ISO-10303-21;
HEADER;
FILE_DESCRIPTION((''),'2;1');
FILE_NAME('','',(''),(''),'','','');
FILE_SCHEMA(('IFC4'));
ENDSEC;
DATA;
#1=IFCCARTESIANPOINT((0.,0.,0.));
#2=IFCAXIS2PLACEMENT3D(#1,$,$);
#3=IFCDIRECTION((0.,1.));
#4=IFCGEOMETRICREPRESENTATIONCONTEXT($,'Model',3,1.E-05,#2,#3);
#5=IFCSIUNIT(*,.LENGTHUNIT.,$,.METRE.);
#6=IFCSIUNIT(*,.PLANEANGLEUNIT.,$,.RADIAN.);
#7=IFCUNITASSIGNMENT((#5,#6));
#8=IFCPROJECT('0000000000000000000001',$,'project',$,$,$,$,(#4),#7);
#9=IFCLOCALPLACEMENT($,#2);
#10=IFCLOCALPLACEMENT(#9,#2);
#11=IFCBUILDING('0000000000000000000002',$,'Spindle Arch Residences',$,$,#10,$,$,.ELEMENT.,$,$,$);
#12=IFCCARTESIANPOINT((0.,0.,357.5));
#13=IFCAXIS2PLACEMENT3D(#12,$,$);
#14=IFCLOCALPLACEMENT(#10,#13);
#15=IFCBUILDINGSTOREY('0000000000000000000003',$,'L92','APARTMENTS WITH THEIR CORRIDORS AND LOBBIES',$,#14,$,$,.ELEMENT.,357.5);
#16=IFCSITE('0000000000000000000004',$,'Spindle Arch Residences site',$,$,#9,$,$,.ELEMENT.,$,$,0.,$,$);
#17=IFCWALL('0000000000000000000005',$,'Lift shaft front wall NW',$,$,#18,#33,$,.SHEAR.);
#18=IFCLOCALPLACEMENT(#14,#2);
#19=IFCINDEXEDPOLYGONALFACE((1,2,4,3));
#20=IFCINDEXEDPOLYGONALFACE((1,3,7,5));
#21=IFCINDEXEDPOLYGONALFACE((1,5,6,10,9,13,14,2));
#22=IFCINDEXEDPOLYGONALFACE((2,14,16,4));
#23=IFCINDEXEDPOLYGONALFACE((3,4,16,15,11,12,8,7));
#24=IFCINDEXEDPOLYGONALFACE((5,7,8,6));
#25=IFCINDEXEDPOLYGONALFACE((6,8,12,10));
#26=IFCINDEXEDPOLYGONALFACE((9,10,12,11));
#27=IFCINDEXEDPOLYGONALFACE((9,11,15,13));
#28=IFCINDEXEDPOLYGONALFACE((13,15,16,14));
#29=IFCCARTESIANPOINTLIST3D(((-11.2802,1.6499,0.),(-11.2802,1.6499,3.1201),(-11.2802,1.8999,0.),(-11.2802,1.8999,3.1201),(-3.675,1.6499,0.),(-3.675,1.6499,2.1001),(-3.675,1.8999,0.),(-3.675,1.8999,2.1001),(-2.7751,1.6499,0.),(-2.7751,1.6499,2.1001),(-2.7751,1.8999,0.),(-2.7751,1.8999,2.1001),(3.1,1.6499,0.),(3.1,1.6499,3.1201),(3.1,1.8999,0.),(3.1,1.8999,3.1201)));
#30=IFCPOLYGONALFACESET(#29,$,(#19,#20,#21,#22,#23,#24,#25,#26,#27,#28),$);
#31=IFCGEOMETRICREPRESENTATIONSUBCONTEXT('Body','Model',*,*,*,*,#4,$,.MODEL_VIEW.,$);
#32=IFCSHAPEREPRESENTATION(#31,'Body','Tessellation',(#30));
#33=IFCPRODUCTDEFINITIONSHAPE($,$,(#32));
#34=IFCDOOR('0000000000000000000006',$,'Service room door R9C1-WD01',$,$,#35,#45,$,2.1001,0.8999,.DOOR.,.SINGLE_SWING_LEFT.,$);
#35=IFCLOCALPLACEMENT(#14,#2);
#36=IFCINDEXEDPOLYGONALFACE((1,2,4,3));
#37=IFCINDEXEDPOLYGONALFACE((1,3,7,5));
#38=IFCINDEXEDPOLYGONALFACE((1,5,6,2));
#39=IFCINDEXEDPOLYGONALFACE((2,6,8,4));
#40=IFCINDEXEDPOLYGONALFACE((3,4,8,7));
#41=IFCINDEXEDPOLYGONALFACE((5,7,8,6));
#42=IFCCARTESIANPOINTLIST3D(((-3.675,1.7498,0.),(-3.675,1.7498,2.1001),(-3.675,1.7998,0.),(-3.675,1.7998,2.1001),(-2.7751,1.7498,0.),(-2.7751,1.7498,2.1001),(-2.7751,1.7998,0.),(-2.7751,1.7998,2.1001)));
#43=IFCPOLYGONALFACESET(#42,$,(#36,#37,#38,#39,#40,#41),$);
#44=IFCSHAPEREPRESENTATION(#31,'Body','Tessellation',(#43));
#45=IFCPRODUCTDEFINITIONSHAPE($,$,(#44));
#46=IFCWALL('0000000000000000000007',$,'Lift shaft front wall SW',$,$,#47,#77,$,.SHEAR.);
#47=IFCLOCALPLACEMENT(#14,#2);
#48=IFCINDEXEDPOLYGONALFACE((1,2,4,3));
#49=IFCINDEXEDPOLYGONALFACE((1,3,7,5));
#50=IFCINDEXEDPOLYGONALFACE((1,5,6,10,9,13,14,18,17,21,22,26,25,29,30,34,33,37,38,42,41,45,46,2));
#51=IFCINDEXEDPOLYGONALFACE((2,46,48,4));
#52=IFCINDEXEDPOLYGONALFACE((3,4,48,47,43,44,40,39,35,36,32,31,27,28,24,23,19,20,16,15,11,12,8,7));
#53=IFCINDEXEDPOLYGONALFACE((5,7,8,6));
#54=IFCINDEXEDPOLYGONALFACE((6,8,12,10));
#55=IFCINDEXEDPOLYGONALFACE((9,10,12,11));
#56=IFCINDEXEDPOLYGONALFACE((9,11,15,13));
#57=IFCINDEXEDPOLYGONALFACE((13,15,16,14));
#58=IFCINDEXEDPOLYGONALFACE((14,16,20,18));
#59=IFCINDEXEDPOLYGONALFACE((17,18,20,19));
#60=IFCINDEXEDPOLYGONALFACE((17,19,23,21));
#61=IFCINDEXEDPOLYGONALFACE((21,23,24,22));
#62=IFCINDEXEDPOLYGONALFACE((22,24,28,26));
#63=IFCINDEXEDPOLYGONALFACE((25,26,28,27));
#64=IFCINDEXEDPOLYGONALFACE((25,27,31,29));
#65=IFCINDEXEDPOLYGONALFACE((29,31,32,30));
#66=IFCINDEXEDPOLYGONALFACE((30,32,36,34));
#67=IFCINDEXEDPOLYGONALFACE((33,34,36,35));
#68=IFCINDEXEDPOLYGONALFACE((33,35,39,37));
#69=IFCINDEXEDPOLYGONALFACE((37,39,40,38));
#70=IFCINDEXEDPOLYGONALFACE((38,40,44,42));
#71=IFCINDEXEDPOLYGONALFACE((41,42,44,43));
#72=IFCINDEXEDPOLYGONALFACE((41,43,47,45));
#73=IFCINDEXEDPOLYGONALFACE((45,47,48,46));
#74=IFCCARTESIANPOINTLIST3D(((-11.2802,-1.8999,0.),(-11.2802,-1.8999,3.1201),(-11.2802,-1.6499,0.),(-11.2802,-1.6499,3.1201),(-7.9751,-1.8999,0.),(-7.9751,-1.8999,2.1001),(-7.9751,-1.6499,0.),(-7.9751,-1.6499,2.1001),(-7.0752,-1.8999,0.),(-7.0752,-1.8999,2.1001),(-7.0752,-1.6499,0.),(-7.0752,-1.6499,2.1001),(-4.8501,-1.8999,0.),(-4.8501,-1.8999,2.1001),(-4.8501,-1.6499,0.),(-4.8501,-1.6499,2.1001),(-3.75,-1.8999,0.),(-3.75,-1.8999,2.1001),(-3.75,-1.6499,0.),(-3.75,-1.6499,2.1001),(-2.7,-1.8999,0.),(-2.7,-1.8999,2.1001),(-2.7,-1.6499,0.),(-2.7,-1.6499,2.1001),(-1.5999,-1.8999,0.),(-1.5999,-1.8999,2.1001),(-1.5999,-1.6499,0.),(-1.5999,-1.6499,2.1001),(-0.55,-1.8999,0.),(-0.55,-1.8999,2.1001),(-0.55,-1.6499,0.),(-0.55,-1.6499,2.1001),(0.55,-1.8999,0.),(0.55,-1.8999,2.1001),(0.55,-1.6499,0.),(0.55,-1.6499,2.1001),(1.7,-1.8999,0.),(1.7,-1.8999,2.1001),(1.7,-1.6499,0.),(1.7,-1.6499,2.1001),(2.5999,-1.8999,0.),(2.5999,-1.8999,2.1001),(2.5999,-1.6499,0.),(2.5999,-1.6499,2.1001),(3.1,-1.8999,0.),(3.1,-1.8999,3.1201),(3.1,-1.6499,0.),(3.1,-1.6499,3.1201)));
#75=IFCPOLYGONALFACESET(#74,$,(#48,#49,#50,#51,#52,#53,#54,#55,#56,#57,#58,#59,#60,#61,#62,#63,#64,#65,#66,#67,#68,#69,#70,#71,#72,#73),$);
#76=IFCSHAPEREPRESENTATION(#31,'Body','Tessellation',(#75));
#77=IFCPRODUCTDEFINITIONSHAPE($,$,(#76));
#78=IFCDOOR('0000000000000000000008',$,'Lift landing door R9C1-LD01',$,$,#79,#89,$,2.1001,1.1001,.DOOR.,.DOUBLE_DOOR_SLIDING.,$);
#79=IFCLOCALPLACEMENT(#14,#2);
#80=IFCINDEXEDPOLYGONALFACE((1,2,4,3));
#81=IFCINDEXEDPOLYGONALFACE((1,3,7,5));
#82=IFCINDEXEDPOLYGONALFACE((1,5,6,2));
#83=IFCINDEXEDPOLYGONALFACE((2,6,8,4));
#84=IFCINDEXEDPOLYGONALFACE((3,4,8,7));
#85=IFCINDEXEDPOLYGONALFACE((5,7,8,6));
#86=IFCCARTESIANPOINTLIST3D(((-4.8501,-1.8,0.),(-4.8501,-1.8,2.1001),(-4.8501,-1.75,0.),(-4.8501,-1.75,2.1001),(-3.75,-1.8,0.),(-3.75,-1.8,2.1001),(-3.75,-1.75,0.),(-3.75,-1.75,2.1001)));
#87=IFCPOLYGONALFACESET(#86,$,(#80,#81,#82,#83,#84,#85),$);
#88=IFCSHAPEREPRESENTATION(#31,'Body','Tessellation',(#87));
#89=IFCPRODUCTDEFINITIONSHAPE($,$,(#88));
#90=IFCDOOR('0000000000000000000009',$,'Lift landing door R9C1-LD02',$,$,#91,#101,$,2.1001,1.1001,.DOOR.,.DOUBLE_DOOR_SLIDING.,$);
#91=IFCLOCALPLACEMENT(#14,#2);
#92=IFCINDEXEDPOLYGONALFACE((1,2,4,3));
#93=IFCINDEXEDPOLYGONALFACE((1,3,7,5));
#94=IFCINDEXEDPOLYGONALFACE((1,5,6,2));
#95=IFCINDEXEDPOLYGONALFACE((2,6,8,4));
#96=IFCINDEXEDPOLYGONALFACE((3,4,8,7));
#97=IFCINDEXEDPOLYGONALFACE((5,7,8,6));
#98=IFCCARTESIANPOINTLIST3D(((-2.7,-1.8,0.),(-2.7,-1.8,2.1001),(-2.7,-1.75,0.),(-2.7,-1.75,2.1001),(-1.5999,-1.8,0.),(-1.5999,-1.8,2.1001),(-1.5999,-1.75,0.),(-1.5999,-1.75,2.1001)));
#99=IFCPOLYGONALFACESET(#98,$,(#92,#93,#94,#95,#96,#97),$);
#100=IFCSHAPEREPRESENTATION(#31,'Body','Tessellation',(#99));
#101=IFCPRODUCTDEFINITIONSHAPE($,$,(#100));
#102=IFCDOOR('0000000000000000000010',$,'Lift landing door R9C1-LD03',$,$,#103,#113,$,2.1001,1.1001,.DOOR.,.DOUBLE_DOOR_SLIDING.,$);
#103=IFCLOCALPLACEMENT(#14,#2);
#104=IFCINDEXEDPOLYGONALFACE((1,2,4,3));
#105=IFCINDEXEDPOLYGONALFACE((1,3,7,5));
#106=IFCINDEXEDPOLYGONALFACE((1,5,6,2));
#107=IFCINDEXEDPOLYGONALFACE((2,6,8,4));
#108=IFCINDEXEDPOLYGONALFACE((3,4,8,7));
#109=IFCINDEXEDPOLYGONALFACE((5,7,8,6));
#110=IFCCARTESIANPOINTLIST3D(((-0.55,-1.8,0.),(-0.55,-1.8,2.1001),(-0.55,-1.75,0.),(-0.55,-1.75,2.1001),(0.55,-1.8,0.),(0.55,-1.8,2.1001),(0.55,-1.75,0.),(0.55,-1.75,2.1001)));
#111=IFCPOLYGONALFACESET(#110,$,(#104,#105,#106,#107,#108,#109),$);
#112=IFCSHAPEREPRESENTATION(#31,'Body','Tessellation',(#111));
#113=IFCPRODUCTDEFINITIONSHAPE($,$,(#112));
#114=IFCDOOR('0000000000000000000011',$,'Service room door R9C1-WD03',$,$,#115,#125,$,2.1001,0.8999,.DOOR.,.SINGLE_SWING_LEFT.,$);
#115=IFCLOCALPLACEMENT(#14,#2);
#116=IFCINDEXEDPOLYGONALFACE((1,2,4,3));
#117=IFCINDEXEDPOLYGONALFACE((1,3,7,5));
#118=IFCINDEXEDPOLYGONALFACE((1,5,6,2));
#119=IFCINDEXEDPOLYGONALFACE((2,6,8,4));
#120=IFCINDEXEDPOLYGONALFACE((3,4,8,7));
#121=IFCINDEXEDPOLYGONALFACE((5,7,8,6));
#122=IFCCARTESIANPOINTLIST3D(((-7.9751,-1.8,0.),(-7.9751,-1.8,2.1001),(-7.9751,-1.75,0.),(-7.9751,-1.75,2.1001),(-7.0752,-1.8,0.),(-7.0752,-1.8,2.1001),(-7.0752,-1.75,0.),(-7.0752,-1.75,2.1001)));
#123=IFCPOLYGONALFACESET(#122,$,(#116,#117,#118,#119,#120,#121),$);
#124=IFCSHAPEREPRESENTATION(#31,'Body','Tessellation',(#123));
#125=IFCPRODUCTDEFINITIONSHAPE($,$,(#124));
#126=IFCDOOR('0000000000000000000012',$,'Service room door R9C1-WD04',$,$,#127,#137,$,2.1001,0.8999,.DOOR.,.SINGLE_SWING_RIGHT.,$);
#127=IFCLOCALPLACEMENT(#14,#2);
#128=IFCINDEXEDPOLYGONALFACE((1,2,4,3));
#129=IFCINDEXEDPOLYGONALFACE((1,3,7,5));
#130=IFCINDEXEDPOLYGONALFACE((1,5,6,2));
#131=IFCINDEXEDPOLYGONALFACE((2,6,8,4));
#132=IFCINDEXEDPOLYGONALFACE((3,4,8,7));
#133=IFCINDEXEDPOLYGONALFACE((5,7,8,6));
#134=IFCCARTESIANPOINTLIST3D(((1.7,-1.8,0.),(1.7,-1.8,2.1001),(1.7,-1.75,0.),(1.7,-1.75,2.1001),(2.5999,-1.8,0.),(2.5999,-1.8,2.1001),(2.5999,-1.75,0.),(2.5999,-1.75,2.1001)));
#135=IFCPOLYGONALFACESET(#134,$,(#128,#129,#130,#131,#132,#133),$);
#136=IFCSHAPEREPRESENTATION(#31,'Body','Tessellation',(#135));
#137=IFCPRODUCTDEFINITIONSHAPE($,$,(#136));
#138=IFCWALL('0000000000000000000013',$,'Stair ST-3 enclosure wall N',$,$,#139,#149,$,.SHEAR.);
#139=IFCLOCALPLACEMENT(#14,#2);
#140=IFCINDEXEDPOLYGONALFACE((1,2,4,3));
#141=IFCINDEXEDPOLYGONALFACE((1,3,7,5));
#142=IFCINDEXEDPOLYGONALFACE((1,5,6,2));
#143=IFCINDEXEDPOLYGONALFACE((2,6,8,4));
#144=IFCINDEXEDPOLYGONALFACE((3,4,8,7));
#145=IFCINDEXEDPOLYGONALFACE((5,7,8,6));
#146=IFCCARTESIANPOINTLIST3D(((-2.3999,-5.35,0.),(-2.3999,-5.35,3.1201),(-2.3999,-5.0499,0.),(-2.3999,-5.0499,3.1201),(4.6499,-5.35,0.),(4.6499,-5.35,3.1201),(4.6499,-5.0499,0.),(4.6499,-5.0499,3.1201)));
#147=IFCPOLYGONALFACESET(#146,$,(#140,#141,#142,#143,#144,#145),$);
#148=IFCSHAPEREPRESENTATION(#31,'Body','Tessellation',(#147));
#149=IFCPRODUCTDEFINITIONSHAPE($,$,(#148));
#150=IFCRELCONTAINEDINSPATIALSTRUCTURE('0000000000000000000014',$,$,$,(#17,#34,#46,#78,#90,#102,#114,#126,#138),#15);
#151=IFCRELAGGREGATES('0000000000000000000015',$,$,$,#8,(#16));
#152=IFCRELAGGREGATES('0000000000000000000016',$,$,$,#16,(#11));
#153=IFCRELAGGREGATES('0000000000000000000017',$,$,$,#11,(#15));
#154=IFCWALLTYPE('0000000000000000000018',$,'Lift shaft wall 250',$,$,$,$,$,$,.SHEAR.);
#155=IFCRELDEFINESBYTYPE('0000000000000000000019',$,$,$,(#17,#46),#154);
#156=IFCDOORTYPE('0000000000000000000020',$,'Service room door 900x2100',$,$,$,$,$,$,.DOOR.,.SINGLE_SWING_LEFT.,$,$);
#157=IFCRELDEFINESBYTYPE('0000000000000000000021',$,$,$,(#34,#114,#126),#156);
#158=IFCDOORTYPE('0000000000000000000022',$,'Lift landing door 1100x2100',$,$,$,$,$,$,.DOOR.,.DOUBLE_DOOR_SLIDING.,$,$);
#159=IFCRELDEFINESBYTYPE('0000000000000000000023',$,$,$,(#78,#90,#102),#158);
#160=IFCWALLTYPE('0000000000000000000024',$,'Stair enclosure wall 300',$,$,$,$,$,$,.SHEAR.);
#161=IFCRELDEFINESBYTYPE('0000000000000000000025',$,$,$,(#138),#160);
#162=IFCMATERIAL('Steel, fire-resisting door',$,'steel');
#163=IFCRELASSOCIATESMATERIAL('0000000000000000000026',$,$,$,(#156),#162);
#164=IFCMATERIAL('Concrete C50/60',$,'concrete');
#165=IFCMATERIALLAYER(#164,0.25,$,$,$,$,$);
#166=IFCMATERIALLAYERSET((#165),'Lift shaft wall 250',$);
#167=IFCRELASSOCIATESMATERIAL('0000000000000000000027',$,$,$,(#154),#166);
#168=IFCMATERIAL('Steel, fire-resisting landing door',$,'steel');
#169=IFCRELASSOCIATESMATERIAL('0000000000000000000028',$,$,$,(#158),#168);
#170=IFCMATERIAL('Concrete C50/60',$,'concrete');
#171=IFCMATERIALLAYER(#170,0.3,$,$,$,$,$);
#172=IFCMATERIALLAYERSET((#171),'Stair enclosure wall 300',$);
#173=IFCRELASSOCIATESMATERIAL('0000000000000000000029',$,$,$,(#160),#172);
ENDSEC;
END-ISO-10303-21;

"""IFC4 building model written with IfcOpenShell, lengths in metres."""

from ifc_helpers import new_model, si_unit, direction, frame, frame_2d, origin, place, context, subcontext, project, spatial, rectangle, extrude, material, layer, layer_set, type_object, element, fill, save


model = new_model("IFC4")

# Units and contexts
model_context = context("Model", 3, precision=1e-05, world=origin(), true_north=direction((0.0, 1.0)))
body_context = subcontext(model_context, "Body", "Model", "MODEL_VIEW")
ifc_project = project(units=[si_unit("LENGTHUNIT", "METRE"), si_unit("PLANEANGLEUNIT", "RADIAN")], contexts=[model_context])

# Site, building, storey
site_placement = place(None, origin())
site = spatial("IfcSite", under=ifc_project, at=site_placement, Name="Spindle Arch Residences site", CompositionType="ELEMENT", RefElevation=0.0)
building_placement = place(site_placement, origin())
building = spatial("IfcBuilding", under=site, at=building_placement, Name="Spindle Arch Residences", CompositionType="ELEMENT")
storey_placement = place(building_placement, frame((0.0, 0.0, 357.5)))
storey = spatial("IfcBuildingStorey", under=building, at=storey_placement, Name="L92", Description="APARTMENTS WITH THEIR CORRIDORS AND LOBBIES", CompositionType="ELEMENT", Elevation=357.5)

# Shared definitions
ifc_material_1 = material(Name="Steel, fire-resisting door", Category="steel")
door_type_1 = type_object("IfcDoorType", Name="Service room door 900x2100", OperationType="SINGLE_SWING_LEFT", PredefinedType="DOOR", material=ifc_material_1)

# Wall, opening, door
ifc_material_2 = material(Name="Concrete C50/60", Category="concrete")
ifc_layer_1 = layer(ifc_material_2, 0.25)
ifc_layer_set_1 = layer_set([ifc_layer_1], Name="Lift shaft wall 250")
wall_type_1 = type_object("IfcWallType", Name="Lift shaft wall 250", PredefinedType="SHEAR", material=ifc_layer_set_1)
wall_1_placement = place(storey_placement, frame((-11.28, 1.7749, 0.0), z_axis=(0.0, 0.0, 1.0), x_axis=(1.0, 0.0, 0.0)))
wall_1 = element("IfcWall", 1, at=wall_1_placement, inside=storey, type_object=wall_type_1, Name="Lift shaft front wall NW", PredefinedType="SHEAR", context=body_context, shape_type="SweptSolid", body=[
    extrude(rectangle(XDim=14.3801, YDim=0.25, at=frame_2d((7.1899, 0.0))), origin(), (0.0, 0.0, 1.0), 3.1201),
])
opening_1_placement = place(wall_1_placement, frame((7.605, 0.0, 0.0)))
opening_1 = element("IfcOpeningElement", 2, at=opening_1_placement, cuts=wall_1, PredefinedType="OPENING", context=body_context, shape_type="SweptSolid", body=[
    extrude(rectangle(XDim=0.8999, YDim=2.1001, at=frame_2d((0.45, 1.05))), frame((0.0, 0.135, 0.0), z_axis=(0.0, -1.0, 0.0), x_axis=(1.0, 0.0, 0.0)), (0.0, 0.0, 1.0), 0.27),
])
door_1_placement = place(opening_1_placement, origin())
door_1 = element("IfcDoor", 3, at=door_1_placement, inside=storey, type_object=door_type_1, Name="Service room door R9C1-WD01", OperationType="SINGLE_SWING_LEFT", OverallHeight=2.1001, OverallWidth=0.8999, PredefinedType="DOOR", context=body_context, shape_type="SweptSolid", body=[
    extrude(rectangle(XDim=0.8999, YDim=2.1001, at=frame_2d((0.45, 1.05))), frame((0.0, 0.0249, 0.0), z_axis=(0.0, -1.0, 0.0), x_axis=(1.0, 0.0, 0.0)), (0.0, 0.0, 1.0), 0.05),
])
fill(opening_1, door_1)

# Wall, openings, doors
wall_2_placement = place(storey_placement, frame((-11.28, -1.7749, 0.0), z_axis=(0.0, 0.0, 1.0), x_axis=(1.0, 0.0, 0.0)))
wall_2 = element("IfcWall", 4, at=wall_2_placement, inside=storey, type_object=wall_type_1, Name="Lift shaft front wall SW", PredefinedType="SHEAR", context=body_context, shape_type="SweptSolid", body=[
    extrude(rectangle(XDim=14.3801, YDim=0.25, at=frame_2d((7.1899, 0.0))), origin(), (0.0, 0.0, 1.0), 3.1201),
])
opening_2_placement = place(wall_2_placement, frame((6.4299, 0.0, 0.0)))
opening_2 = element("IfcOpeningElement", 5, at=opening_2_placement, cuts=wall_2, PredefinedType="OPENING", context=body_context, shape_type="SweptSolid", body=[
    extrude(rectangle(XDim=1.1001, YDim=2.1001, at=frame_2d((0.55, 1.05))), frame((0.0, 0.135, 0.0), z_axis=(0.0, -1.0, 0.0), x_axis=(1.0, 0.0, 0.0)), (0.0, 0.0, 1.0), 0.27),
])
opening_3_placement = place(wall_2_placement, frame((8.5801, 0.0, 0.0)))
opening_3 = element("IfcOpeningElement", 6, at=opening_3_placement, cuts=wall_2, PredefinedType="OPENING", context=body_context, shape_type="SweptSolid", body=[
    extrude(rectangle(XDim=1.1001, YDim=2.1001, at=frame_2d((0.55, 1.05))), frame((0.0, 0.135, 0.0), z_axis=(0.0, -1.0, 0.0), x_axis=(1.0, 0.0, 0.0)), (0.0, 0.0, 1.0), 0.27),
])
opening_4_placement = place(wall_2_placement, frame((10.73, 0.0, 0.0)))
opening_4 = element("IfcOpeningElement", 7, at=opening_4_placement, cuts=wall_2, PredefinedType="OPENING", context=body_context, shape_type="SweptSolid", body=[
    extrude(rectangle(XDim=1.1001, YDim=2.1001, at=frame_2d((0.55, 1.05))), frame((0.0, 0.135, 0.0), z_axis=(0.0, -1.0, 0.0), x_axis=(1.0, 0.0, 0.0)), (0.0, 0.0, 1.0), 0.27),
])
opening_5_placement = place(wall_2_placement, frame((3.3049, 0.0, 0.0)))
opening_5 = element("IfcOpeningElement", 8, at=opening_5_placement, cuts=wall_2, PredefinedType="OPENING", context=body_context, shape_type="SweptSolid", body=[
    extrude(rectangle(XDim=0.8999, YDim=2.1001, at=frame_2d((0.45, 1.05))), frame((0.0, 0.135, 0.0), z_axis=(0.0, -1.0, 0.0), x_axis=(1.0, 0.0, 0.0)), (0.0, 0.0, 1.0), 0.27),
])
opening_6_placement = place(wall_2_placement, frame((12.98, 0.0, 0.0)))
opening_6 = element("IfcOpeningElement", 9, at=opening_6_placement, cuts=wall_2, PredefinedType="OPENING", context=body_context, shape_type="SweptSolid", body=[
    extrude(rectangle(XDim=0.8999, YDim=2.1001, at=frame_2d((0.45, 1.05))), frame((0.0, 0.135, 0.0), z_axis=(0.0, -1.0, 0.0), x_axis=(1.0, 0.0, 0.0)), (0.0, 0.0, 1.0), 0.27),
])
ifc_material_3 = material(Name="Steel, fire-resisting landing door", Category="steel")
door_type_2 = type_object("IfcDoorType", Name="Lift landing door 1100x2100", OperationType="DOUBLE_DOOR_SLIDING", PredefinedType="DOOR", material=ifc_material_3)
door_2_placement = place(opening_2_placement, origin())
door_2 = element("IfcDoor", 10, at=door_2_placement, inside=storey, type_object=door_type_2, Name="Lift landing door R9C1-LD01", OperationType="DOUBLE_DOOR_SLIDING", OverallHeight=2.1001, OverallWidth=1.1001, PredefinedType="DOOR", context=body_context, shape_type="SweptSolid", body=[
    extrude(rectangle(XDim=1.1001, YDim=2.1001, at=frame_2d((0.55, 1.05))), frame((0.0, 0.0249, 0.0), z_axis=(0.0, -1.0, 0.0), x_axis=(1.0, 0.0, 0.0)), (0.0, 0.0, 1.0), 0.05),
])
fill(opening_2, door_2)
door_3_placement = place(opening_3_placement, origin())
door_3 = element("IfcDoor", 11, at=door_3_placement, inside=storey, type_object=door_type_2, Name="Lift landing door R9C1-LD02", OperationType="DOUBLE_DOOR_SLIDING", OverallHeight=2.1001, OverallWidth=1.1001, PredefinedType="DOOR", context=body_context, shape_type="SweptSolid", body=[
    extrude(rectangle(XDim=1.1001, YDim=2.1001, at=frame_2d((0.55, 1.05))), frame((0.0, 0.0249, 0.0), z_axis=(0.0, -1.0, 0.0), x_axis=(1.0, 0.0, 0.0)), (0.0, 0.0, 1.0), 0.05),
])
fill(opening_3, door_3)
door_4_placement = place(opening_4_placement, origin())
door_4 = element("IfcDoor", 12, at=door_4_placement, inside=storey, type_object=door_type_2, Name="Lift landing door R9C1-LD03", OperationType="DOUBLE_DOOR_SLIDING", OverallHeight=2.1001, OverallWidth=1.1001, PredefinedType="DOOR", context=body_context, shape_type="SweptSolid", body=[
    extrude(rectangle(XDim=1.1001, YDim=2.1001, at=frame_2d((0.55, 1.05))), frame((0.0, 0.0249, 0.0), z_axis=(0.0, -1.0, 0.0), x_axis=(1.0, 0.0, 0.0)), (0.0, 0.0, 1.0), 0.05),
])
fill(opening_4, door_4)
door_5_placement = place(opening_5_placement, origin())
door_5 = element("IfcDoor", 13, at=door_5_placement, inside=storey, type_object=door_type_1, Name="Service room door R9C1-WD03", OperationType="SINGLE_SWING_LEFT", OverallHeight=2.1001, OverallWidth=0.8999, PredefinedType="DOOR", context=body_context, shape_type="SweptSolid", body=[
    extrude(rectangle(XDim=0.8999, YDim=2.1001, at=frame_2d((0.45, 1.05))), frame((0.0, 0.0249, 0.0), z_axis=(0.0, -1.0, 0.0), x_axis=(1.0, 0.0, 0.0)), (0.0, 0.0, 1.0), 0.05),
])
fill(opening_5, door_5)
door_6_placement = place(opening_6_placement, origin())
door_6 = element("IfcDoor", 14, at=door_6_placement, inside=storey, type_object=door_type_1, Name="Service room door R9C1-WD04", OperationType="SINGLE_SWING_RIGHT", OverallHeight=2.1001, OverallWidth=0.8999, PredefinedType="DOOR", context=body_context, shape_type="SweptSolid", body=[
    extrude(rectangle(XDim=0.8999, YDim=2.1001, at=frame_2d((0.45, 1.05))), frame((0.0, 0.0249, 0.0), z_axis=(0.0, -1.0, 0.0), x_axis=(1.0, 0.0, 0.0)), (0.0, 0.0, 1.0), 0.05),
])
fill(opening_6, door_6)

# Wall
ifc_material_4 = material(Name="Concrete C50/60", Category="concrete")
ifc_layer_2 = layer(ifc_material_4, 0.3)
ifc_layer_set_2 = layer_set([ifc_layer_2], Name="Stair enclosure wall 300")
wall_type_2 = type_object("IfcWallType", Name="Stair enclosure wall 300", PredefinedType="SHEAR", material=ifc_layer_set_2)
wall_3_placement = place(storey_placement, frame((-2.3999, -5.2, 0.0), z_axis=(0.0, 0.0, 1.0), x_axis=(1.0, 0.0, 0.0)))
element("IfcWall", 15, at=wall_3_placement, inside=storey, type_object=wall_type_2, Name="Stair ST-3 enclosure wall N", PredefinedType="SHEAR", context=body_context, shape_type="SweptSolid", body=[
    extrude(rectangle(XDim=7.0498, YDim=0.3, at=frame_2d((3.5249, 0.0))), origin(), (0.0, 0.0, 1.0), 3.1201),
])

save(model, "model.ifc")
